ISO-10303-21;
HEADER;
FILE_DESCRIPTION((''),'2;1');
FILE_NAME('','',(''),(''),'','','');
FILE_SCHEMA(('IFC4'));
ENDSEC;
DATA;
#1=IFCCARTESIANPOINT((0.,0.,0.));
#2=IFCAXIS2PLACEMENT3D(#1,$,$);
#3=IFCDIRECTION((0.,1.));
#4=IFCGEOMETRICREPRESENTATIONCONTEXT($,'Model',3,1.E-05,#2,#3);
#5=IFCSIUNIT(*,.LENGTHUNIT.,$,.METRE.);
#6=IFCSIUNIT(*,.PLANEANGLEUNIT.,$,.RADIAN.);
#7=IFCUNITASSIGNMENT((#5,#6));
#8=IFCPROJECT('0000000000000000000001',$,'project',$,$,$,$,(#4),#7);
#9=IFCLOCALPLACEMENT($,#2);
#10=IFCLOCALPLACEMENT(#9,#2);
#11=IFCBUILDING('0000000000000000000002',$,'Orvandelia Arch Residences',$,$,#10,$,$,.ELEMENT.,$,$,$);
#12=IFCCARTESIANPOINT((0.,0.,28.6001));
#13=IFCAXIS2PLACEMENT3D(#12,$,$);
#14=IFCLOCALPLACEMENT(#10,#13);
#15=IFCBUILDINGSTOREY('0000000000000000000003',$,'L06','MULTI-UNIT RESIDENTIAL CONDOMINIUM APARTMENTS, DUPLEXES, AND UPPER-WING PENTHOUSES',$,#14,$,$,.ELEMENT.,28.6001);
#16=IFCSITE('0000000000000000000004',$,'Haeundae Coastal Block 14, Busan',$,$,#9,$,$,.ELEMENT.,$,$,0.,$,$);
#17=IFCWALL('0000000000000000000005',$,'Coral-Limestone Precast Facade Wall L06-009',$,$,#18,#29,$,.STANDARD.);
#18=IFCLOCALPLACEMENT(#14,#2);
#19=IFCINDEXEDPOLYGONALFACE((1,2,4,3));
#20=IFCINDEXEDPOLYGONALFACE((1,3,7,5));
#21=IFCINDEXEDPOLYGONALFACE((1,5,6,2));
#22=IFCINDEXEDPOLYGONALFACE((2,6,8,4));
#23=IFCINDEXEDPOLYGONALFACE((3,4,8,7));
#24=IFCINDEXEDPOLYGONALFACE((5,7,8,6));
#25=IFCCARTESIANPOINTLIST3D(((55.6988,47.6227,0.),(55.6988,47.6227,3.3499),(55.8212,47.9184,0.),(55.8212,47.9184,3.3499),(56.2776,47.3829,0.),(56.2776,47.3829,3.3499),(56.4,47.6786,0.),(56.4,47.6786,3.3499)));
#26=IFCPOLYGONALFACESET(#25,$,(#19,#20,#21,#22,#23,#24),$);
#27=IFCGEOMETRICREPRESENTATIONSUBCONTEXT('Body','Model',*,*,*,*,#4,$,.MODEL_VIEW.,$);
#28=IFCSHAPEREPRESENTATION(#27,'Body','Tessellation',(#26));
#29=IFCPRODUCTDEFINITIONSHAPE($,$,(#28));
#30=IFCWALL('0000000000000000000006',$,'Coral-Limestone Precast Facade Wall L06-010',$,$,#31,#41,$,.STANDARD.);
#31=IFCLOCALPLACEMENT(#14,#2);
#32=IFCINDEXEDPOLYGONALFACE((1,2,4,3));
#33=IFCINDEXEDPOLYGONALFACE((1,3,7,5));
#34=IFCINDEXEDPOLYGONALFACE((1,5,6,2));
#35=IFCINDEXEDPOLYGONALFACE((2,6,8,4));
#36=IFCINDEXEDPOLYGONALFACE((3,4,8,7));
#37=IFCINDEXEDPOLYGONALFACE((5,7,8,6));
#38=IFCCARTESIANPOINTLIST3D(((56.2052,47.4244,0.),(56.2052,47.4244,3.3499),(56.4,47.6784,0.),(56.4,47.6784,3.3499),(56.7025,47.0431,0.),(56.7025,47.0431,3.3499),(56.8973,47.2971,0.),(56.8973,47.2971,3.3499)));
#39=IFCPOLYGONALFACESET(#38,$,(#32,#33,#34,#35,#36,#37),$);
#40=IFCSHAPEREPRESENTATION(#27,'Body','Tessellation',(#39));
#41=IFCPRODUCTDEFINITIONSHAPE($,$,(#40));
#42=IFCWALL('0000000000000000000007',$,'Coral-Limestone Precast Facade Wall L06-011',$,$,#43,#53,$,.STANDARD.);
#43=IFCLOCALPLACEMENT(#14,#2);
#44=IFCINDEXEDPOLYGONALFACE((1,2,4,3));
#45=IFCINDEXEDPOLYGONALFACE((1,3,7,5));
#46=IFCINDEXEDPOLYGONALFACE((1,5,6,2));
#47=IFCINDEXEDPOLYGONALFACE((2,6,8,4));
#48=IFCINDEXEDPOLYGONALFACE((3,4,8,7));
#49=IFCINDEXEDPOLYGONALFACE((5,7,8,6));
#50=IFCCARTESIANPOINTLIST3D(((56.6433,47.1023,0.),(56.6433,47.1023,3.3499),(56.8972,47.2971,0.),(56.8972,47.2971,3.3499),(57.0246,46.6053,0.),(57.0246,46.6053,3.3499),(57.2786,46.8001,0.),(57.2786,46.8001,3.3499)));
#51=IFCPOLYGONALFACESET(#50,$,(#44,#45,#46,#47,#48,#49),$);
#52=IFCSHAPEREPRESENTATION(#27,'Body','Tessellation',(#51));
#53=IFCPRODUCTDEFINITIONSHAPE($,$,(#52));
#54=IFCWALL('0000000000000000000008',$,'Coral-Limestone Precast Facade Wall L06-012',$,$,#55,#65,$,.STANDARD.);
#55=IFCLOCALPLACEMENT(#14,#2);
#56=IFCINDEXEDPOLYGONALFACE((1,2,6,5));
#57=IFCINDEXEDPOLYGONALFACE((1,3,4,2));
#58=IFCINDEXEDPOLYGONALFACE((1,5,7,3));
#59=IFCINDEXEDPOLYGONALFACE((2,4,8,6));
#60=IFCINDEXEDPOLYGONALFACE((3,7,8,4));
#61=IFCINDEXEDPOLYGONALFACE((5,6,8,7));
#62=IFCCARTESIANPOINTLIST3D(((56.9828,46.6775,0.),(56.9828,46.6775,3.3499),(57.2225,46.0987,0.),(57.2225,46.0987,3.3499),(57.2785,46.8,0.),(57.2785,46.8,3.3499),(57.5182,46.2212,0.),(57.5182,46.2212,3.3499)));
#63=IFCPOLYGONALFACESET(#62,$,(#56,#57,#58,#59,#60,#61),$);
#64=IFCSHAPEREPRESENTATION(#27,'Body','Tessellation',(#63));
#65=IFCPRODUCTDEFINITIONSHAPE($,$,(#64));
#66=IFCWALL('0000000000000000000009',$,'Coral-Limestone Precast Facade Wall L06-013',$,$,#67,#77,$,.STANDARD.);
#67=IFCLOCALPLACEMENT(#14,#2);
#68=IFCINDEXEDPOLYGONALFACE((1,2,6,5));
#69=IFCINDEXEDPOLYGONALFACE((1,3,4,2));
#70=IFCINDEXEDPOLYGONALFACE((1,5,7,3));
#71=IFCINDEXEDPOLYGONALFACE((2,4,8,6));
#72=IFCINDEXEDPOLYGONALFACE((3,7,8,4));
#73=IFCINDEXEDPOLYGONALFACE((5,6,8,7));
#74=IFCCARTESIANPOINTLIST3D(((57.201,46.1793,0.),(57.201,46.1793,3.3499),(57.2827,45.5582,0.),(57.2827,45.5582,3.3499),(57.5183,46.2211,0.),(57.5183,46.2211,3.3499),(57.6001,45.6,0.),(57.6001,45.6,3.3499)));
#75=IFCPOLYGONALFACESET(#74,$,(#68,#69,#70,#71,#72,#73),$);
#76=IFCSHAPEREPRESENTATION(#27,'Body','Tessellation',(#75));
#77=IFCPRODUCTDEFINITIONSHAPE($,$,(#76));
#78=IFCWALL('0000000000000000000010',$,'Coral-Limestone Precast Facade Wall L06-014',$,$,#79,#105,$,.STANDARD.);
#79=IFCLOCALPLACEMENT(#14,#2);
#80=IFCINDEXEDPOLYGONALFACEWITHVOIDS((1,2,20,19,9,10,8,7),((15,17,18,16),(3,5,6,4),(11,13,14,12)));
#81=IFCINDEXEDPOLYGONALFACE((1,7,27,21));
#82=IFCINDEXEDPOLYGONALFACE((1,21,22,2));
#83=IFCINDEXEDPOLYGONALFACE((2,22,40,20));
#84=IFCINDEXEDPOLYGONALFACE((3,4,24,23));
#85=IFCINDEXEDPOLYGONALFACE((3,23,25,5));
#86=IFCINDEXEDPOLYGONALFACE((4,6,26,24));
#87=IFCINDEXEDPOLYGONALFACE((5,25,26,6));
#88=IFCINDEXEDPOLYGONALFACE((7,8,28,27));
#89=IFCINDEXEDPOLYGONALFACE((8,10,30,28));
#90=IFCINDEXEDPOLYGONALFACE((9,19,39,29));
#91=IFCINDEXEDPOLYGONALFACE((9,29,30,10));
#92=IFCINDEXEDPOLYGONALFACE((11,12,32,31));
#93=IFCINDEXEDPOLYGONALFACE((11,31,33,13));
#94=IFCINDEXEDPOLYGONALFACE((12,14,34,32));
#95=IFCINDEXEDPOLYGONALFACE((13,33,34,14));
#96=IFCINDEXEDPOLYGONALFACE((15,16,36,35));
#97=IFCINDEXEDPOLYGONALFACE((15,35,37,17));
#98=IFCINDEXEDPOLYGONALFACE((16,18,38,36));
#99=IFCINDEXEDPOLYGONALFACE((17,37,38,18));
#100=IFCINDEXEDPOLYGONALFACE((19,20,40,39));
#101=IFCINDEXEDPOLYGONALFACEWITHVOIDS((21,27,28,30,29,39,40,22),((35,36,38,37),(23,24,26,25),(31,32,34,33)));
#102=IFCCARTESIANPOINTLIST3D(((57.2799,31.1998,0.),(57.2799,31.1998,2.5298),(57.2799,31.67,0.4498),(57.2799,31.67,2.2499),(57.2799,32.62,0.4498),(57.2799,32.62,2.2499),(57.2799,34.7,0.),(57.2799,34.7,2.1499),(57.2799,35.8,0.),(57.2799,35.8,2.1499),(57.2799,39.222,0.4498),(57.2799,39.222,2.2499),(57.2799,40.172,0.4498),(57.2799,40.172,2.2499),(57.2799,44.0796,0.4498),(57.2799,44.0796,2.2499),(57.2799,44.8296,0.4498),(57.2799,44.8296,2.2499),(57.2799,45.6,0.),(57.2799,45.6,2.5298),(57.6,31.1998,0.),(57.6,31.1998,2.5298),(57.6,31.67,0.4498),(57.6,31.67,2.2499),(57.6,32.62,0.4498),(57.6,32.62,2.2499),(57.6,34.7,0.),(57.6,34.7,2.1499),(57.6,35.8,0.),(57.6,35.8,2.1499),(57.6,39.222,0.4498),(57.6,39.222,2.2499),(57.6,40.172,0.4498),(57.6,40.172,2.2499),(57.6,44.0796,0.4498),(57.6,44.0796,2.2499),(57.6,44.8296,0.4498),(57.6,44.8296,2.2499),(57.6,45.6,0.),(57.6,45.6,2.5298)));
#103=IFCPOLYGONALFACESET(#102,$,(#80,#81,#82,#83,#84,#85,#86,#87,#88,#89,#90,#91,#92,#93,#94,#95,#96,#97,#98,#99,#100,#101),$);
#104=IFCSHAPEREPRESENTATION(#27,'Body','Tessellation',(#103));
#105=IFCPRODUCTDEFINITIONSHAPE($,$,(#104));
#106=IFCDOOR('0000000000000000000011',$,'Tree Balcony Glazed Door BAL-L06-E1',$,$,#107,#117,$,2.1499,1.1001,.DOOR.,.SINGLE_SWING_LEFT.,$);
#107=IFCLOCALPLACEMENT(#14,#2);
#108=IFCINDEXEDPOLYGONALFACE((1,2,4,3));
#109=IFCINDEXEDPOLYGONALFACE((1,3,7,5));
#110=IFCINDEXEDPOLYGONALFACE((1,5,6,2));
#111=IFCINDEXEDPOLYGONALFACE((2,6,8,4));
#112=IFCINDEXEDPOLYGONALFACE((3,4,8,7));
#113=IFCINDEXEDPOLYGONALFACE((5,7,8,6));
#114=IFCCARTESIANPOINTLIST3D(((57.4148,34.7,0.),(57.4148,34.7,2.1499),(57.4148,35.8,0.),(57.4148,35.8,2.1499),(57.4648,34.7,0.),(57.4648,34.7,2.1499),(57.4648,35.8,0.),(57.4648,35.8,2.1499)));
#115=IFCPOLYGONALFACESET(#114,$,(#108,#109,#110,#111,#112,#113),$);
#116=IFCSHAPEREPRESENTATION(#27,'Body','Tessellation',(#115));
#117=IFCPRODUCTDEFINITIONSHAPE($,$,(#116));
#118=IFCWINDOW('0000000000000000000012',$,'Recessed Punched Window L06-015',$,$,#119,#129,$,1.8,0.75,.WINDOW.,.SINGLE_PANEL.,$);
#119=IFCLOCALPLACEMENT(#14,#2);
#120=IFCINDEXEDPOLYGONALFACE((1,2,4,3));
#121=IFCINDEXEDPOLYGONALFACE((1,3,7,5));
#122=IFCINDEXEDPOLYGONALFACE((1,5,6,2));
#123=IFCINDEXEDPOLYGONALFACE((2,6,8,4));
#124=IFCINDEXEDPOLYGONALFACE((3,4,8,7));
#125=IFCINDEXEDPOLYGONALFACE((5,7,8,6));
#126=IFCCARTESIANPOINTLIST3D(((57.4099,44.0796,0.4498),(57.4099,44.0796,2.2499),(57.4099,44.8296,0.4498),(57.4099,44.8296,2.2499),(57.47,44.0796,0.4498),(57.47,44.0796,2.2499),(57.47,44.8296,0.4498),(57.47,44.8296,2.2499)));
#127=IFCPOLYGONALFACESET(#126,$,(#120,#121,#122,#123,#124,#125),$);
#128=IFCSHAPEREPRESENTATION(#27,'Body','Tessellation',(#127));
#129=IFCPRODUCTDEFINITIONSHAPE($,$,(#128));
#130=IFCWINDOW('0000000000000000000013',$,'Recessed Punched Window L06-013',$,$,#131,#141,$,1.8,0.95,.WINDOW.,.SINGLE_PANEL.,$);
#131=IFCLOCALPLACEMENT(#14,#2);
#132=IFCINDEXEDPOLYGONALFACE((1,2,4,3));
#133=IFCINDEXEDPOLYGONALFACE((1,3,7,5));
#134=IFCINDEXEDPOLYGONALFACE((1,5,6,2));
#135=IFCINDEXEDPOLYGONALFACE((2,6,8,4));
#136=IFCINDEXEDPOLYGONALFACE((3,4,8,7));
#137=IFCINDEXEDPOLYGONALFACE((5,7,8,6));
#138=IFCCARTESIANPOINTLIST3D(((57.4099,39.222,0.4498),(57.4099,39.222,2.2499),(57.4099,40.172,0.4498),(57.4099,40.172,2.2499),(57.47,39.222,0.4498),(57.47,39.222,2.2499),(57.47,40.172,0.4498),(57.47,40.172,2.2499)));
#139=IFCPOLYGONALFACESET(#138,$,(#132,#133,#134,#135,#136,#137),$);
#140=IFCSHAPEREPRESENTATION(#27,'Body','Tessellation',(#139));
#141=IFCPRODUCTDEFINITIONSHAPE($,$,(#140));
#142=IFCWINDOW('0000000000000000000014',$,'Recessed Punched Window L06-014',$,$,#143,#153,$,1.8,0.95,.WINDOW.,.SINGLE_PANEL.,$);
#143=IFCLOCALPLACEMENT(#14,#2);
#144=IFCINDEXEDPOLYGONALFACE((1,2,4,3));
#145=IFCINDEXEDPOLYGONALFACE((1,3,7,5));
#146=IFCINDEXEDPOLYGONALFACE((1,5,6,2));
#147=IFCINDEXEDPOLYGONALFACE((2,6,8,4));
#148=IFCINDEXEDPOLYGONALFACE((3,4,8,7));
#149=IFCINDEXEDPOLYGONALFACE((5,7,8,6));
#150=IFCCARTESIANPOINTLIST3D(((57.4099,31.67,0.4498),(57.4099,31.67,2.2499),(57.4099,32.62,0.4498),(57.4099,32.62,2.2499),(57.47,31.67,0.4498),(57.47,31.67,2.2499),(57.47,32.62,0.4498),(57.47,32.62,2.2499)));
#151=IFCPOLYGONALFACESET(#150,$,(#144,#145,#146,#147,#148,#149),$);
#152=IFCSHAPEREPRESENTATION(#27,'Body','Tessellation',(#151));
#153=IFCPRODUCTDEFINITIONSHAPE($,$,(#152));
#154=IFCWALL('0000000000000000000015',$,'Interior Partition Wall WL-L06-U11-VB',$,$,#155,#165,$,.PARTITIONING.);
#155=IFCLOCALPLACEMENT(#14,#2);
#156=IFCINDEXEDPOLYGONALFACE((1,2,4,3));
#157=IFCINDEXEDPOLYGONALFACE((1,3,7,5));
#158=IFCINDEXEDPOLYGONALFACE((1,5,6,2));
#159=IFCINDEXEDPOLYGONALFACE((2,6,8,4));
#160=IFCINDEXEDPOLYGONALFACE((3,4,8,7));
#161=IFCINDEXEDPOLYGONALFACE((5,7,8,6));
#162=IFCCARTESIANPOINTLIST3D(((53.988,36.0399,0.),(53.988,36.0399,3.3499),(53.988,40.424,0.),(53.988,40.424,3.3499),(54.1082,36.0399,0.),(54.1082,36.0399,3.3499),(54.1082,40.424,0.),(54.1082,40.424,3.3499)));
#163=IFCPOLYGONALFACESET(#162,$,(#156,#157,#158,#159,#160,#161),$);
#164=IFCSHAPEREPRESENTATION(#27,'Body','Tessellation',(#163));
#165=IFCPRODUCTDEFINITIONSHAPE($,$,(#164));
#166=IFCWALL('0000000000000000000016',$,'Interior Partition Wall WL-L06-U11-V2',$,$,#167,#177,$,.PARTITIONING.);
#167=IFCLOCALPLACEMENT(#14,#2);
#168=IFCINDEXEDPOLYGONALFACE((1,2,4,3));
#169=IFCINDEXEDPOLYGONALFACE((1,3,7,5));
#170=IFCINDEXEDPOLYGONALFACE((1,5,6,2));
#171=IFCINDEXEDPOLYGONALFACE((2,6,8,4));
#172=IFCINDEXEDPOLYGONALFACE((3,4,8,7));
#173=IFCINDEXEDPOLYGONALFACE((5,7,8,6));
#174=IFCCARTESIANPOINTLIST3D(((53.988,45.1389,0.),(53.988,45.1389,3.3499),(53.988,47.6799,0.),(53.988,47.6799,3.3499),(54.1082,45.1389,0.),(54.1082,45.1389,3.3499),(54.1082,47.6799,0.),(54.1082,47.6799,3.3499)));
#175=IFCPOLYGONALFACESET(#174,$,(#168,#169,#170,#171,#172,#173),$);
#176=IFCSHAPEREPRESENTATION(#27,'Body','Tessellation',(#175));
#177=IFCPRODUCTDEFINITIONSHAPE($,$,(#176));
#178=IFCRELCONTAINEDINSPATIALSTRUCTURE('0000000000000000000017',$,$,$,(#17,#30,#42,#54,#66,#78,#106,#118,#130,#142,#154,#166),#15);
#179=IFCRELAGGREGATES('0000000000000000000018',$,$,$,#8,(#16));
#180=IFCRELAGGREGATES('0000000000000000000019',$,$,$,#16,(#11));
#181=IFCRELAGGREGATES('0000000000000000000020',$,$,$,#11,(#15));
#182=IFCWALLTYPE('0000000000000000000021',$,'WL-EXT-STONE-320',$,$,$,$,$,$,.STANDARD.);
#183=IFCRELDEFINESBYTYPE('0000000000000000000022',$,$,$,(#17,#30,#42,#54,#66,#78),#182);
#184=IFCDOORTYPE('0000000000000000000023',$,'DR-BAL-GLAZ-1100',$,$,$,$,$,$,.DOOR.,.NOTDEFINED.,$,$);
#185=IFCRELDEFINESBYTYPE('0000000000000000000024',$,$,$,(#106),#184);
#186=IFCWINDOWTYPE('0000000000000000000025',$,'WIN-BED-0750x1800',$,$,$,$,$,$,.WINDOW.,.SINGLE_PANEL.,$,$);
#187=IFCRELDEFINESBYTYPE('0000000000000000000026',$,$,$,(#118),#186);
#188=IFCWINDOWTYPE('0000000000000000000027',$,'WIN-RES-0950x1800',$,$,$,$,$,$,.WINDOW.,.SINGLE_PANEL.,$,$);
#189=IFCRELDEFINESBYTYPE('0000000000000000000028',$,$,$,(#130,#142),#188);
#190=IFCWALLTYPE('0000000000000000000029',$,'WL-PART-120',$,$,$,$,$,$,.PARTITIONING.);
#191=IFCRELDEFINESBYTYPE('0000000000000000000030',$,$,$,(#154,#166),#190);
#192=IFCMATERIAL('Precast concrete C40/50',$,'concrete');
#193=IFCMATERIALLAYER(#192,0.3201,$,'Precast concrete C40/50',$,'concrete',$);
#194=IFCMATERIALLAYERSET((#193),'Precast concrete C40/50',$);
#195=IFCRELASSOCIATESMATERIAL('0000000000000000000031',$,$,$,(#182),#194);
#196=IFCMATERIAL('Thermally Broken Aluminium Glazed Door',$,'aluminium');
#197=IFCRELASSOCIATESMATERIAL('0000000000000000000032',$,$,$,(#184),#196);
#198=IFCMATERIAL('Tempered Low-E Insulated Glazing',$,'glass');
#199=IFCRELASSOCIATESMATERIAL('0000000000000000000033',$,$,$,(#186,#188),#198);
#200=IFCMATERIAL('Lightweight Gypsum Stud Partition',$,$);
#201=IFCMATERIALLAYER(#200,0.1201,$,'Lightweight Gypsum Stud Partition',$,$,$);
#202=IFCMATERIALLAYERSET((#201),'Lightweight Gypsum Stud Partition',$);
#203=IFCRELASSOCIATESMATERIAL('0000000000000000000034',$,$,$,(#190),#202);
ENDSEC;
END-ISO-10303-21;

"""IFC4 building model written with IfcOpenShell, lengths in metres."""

from ifc_helpers import new_model, si_unit, direction, frame, frame_2d, origin, place, context, subcontext, project, spatial, rectangle, extrude, material, layer, layer_set, type_object, element, fill, save


model = new_model("IFC4")

# Units and contexts
model_context = context("Model", 3, precision=1e-05, world=origin(), true_north=direction((0.0, 1.0)))
body_context = subcontext(model_context, "Body", "Model", "MODEL_VIEW")
ifc_project = project(units=[si_unit("LENGTHUNIT", "METRE"), si_unit("PLANEANGLEUNIT", "RADIAN")], contexts=[model_context])

# Site, building, storey
site_placement = place(None, origin())
site = spatial("IfcSite", under=ifc_project, at=site_placement, Name="Haeundae Coastal Block 14, Busan", CompositionType="ELEMENT", RefElevation=0.0)
building_placement = place(site_placement, origin())
building = spatial("IfcBuilding", under=site, at=building_placement, Name="Orvandelia Arch Residences", CompositionType="ELEMENT")
storey_placement = place(building_placement, frame((0.0, 0.0, 28.6001)))
storey = spatial("IfcBuildingStorey", under=building, at=storey_placement, Name="L06", Description="MULTI-UNIT RESIDENTIAL CONDOMINIUM APARTMENTS, DUPLEXES, AND UPPER-WING PENTHOUSES", CompositionType="ELEMENT", Elevation=28.6001)

# Walls
ifc_material_1 = material(Name="Precast concrete C40/50", Category="concrete")
ifc_layer_1 = layer(ifc_material_1, 0.3201, Name="Precast concrete C40/50", Category="concrete")
ifc_layer_set_1 = layer_set([ifc_layer_1], Name="Precast concrete C40/50")
wall_type_1 = type_object("IfcWallType", Name="WL-EXT-STONE-320", PredefinedType="STANDARD", material=ifc_layer_set_1)
for number, where, z_axis, x_axis, name in (
    (1, (55.76, 47.7705, 0.0), (0.0, 0.0, 1.0), (0.923893, -0.38265, 0.0), "Coral-Limestone Precast Facade Wall L06-009"),
):
    element("IfcWall", number, at=place(storey_placement, frame(where, z_axis=z_axis, x_axis=x_axis)), inside=storey, type_object=wall_type_1, Name=name, PredefinedType="STANDARD", context=body_context, shape_type="SweptSolid", body=[
        extrude(rectangle(XDim=0.6265, YDim=0.3201, at=frame_2d((0.3132, 0.0))), origin(), (0.0, 0.0, 1.0), 3.3499),
    ])
wall_1_placement = place(storey_placement, frame((56.3025, 47.5515, 0.0), z_axis=(0.0, 0.0, 1.0), x_axis=(0.79355, -0.608505, 0.0)))
element("IfcWall", 2, at=wall_1_placement, inside=storey, type_object=wall_type_1, Name="Coral-Limestone Precast Facade Wall L06-010", PredefinedType="STANDARD", context=body_context, shape_type="SweptSolid", body=[
    extrude(rectangle(XDim=0.6267, YDim=0.3201, at=frame_2d((0.3135, 0.0))), origin(), (0.0, 0.0, 1.0), 3.3499),
])
for number, where, z_axis, x_axis, name in (
    (3, (56.7703, 47.1997, 0.0), (0.0, 0.0, 1.0), (0.608693, -0.793406, 0.0), "Coral-Limestone Precast Facade Wall L06-011"),
    (4, (57.1306, 46.7388, 0.0), (0.0, 0.0, 1.0), (0.38265, -0.923893, 0.0), "Coral-Limestone Precast Facade Wall L06-012"),
    (5, (57.3596, 46.2002, 0.0), (0.0, 0.0, 1.0), (0.130555, -0.991441, 0.0), "Coral-Limestone Precast Facade Wall L06-013"),
):
    element("IfcWall", number, at=place(storey_placement, frame(where, z_axis=z_axis, x_axis=x_axis)), inside=storey, type_object=wall_type_1, Name=name, PredefinedType="STANDARD", context=body_context, shape_type="SweptSolid", body=[
        extrude(rectangle(XDim=0.6265, YDim=0.3201, at=frame_2d((0.3132, 0.0))), origin(), (0.0, 0.0, 1.0), 3.3499),
    ])

# Wall, openings, door, windows
wall_2_placement = place(storey_placement, frame((57.4399, 45.6001, 0.0), z_axis=(0.0, 0.0, 1.0), x_axis=(0.0, -1.0, 0.0)))
wall_2 = element("IfcWall", 6, at=wall_2_placement, inside=storey, type_object=wall_type_1, Name="Coral-Limestone Precast Facade Wall L06-014", PredefinedType="STANDARD", context=body_context, shape_type="SweptSolid", body=[
    extrude(rectangle(XDim=14.4001, YDim=0.3201, at=frame_2d((7.2002, 0.0))), origin(), (0.0, 0.0, 1.0), 2.5298),
])
opening_1_placement = place(wall_2_placement, frame((9.8, 0.0, 0.0)))
opening_1 = element("IfcOpeningElement", 7, at=opening_1_placement, cuts=wall_2, PredefinedType="OPENING", context=body_context, shape_type="SweptSolid", body=[
    extrude(rectangle(XDim=1.1001, YDim=2.1499, at=frame_2d((0.55, 1.075))), frame((0.0, 0.1699, 0.0), z_axis=(0.0, -1.0, 0.0), x_axis=(1.0, 0.0, 0.0)), (0.0, 0.0, 1.0), 0.3401),
])
opening_2_placement = place(wall_2_placement, frame((5.428, 0.0, 0.45)))
opening_2 = element("IfcOpeningElement", 8, at=opening_2_placement, cuts=wall_2, PredefinedType="OPENING", context=body_context, shape_type="SweptSolid", body=[
    extrude(rectangle(XDim=0.95, YDim=1.8, at=frame_2d((0.4751, 0.8999))), frame((0.0, 0.1699, 0.0), z_axis=(0.0, -1.0, 0.0), x_axis=(1.0, 0.0, 0.0)), (0.0, 0.0, 1.0), 0.3401),
])
opening_3_placement = place(wall_2_placement, frame((12.98, 0.0, 0.45)))
opening_3 = element("IfcOpeningElement", 9, at=opening_3_placement, cuts=wall_2, PredefinedType="OPENING", context=body_context, shape_type="SweptSolid", body=[
    extrude(rectangle(XDim=0.95, YDim=1.8, at=frame_2d((0.4751, 0.8999))), frame((0.0, 0.1699, 0.0), z_axis=(0.0, -1.0, 0.0), x_axis=(1.0, 0.0, 0.0)), (0.0, 0.0, 1.0), 0.3401),
])
opening_4_placement = place(wall_2_placement, frame((0.7705, 0.0, 0.45)))
opening_4 = element("IfcOpeningElement", 10, at=opening_4_placement, cuts=wall_2, PredefinedType="OPENING", context=body_context, shape_type="SweptSolid", body=[
    extrude(rectangle(XDim=0.75, YDim=1.8, at=frame_2d((0.375, 0.8999))), frame((0.0, 0.1699, 0.0), z_axis=(0.0, -1.0, 0.0), x_axis=(1.0, 0.0, 0.0)), (0.0, 0.0, 1.0), 0.3401),
])
ifc_material_2 = material(Name="Thermally Broken Aluminium Glazed Door", Category="aluminium")
door_type = type_object("IfcDoorType", Name="DR-BAL-GLAZ-1100", OperationType="NOTDEFINED", PredefinedType="DOOR", material=ifc_material_2)
door_placement = place(opening_1_placement, origin())
door = element("IfcDoor", 11, at=door_placement, inside=storey, type_object=door_type, Name="Tree Balcony Glazed Door BAL-L06-E1", OperationType="SINGLE_SWING_LEFT", OverallHeight=2.1499, OverallWidth=1.1001, PredefinedType="DOOR", context=body_context, shape_type="SweptSolid", body=[
    extrude(rectangle(XDim=1.1001, YDim=2.1499, at=frame_2d((0.55, 1.075))), frame((0.0, 0.0249, 0.0), z_axis=(0.0, -1.0, 0.0), x_axis=(1.0, 0.0, 0.0)), (0.0, 0.0, 1.0), 0.05),
])
fill(opening_1, door)
ifc_material_3 = material(Name="Tempered Low-E Insulated Glazing", Category="glass")
window_type_1 = type_object("IfcWindowType", Name="WIN-BED-0750x1800", PartitioningType="SINGLE_PANEL", PredefinedType="WINDOW", material=ifc_material_3)
window_1_placement = place(opening_4_placement, origin())
window_1 = element("IfcWindow", 12, at=window_1_placement, inside=storey, type_object=window_type_1, Name="Recessed Punched Window L06-015", OverallHeight=1.8, OverallWidth=0.75, PartitioningType="SINGLE_PANEL", PredefinedType="WINDOW", context=body_context, shape_type="SweptSolid", body=[
    extrude(rectangle(XDim=0.75, YDim=1.8, at=frame_2d((0.375, 0.8999))), frame((0.0, 0.03, 0.0), z_axis=(0.0, -1.0, 0.0), x_axis=(1.0, 0.0, 0.0)), (0.0, 0.0, 1.0), 0.0601),
])
fill(opening_4, window_1)
window_type_2 = type_object("IfcWindowType", Name="WIN-RES-0950x1800", PartitioningType="SINGLE_PANEL", PredefinedType="WINDOW", material=ifc_material_3)
window_2_placement = place(opening_2_placement, origin())
window_2 = element("IfcWindow", 13, at=window_2_placement, inside=storey, type_object=window_type_2, Name="Recessed Punched Window L06-013", OverallHeight=1.8, OverallWidth=0.95, PartitioningType="SINGLE_PANEL", PredefinedType="WINDOW", context=body_context, shape_type="SweptSolid", body=[
    extrude(rectangle(XDim=0.95, YDim=1.8, at=frame_2d((0.4751, 0.8999))), frame((0.0, 0.03, 0.0), z_axis=(0.0, -1.0, 0.0), x_axis=(1.0, 0.0, 0.0)), (0.0, 0.0, 1.0), 0.0601),
])
fill(opening_2, window_2)
window_3_placement = place(opening_3_placement, origin())
window_3 = element("IfcWindow", 14, at=window_3_placement, inside=storey, type_object=window_type_2, Name="Recessed Punched Window L06-014", OverallHeight=1.8, OverallWidth=0.95, PartitioningType="SINGLE_PANEL", PredefinedType="WINDOW", context=body_context, shape_type="SweptSolid", body=[
    extrude(rectangle(XDim=0.95, YDim=1.8, at=frame_2d((0.4751, 0.8999))), frame((0.0, 0.03, 0.0), z_axis=(0.0, -1.0, 0.0), x_axis=(1.0, 0.0, 0.0)), (0.0, 0.0, 1.0), 0.0601),
])
fill(opening_3, window_3)

# Walls
ifc_material_4 = material(Name="Lightweight Gypsum Stud Partition")
ifc_layer_2 = layer(ifc_material_4, 0.1201, Name="Lightweight Gypsum Stud Partition")
ifc_layer_set_2 = layer_set([ifc_layer_2], Name="Lightweight Gypsum Stud Partition")
wall_type_2 = type_object("IfcWallType", Name="WL-PART-120", PredefinedType="PARTITIONING", material=ifc_layer_set_2)
wall_3_placement = place(storey_placement, frame((54.0481, 36.04, 0.0), z_axis=(0.0, 0.0, 1.0), x_axis=(0.0, 1.0, 0.0)))
element("IfcWall", 15, at=wall_3_placement, inside=storey, type_object=wall_type_2, Name="Interior Partition Wall WL-L06-U11-VB", PredefinedType="PARTITIONING", context=body_context, shape_type="SweptSolid", body=[
    extrude(rectangle(XDim=4.384, YDim=0.1201, at=frame_2d((2.1919, 0.0))), origin(), (0.0, 0.0, 1.0), 3.3499),
])
wall_4_placement = place(storey_placement, frame((54.0481, 45.1389, 0.0), z_axis=(0.0, 0.0, 1.0), x_axis=(0.0, 1.0, 0.0)))
element("IfcWall", 16, at=wall_4_placement, inside=storey, type_object=wall_type_2, Name="Interior Partition Wall WL-L06-U11-V2", PredefinedType="PARTITIONING", context=body_context, shape_type="SweptSolid", body=[
    extrude(rectangle(XDim=2.541, YDim=0.1201, at=frame_2d((1.2705, 0.0))), origin(), (0.0, 0.0, 1.0), 3.3499),
])

save(model, "model.ifc")
